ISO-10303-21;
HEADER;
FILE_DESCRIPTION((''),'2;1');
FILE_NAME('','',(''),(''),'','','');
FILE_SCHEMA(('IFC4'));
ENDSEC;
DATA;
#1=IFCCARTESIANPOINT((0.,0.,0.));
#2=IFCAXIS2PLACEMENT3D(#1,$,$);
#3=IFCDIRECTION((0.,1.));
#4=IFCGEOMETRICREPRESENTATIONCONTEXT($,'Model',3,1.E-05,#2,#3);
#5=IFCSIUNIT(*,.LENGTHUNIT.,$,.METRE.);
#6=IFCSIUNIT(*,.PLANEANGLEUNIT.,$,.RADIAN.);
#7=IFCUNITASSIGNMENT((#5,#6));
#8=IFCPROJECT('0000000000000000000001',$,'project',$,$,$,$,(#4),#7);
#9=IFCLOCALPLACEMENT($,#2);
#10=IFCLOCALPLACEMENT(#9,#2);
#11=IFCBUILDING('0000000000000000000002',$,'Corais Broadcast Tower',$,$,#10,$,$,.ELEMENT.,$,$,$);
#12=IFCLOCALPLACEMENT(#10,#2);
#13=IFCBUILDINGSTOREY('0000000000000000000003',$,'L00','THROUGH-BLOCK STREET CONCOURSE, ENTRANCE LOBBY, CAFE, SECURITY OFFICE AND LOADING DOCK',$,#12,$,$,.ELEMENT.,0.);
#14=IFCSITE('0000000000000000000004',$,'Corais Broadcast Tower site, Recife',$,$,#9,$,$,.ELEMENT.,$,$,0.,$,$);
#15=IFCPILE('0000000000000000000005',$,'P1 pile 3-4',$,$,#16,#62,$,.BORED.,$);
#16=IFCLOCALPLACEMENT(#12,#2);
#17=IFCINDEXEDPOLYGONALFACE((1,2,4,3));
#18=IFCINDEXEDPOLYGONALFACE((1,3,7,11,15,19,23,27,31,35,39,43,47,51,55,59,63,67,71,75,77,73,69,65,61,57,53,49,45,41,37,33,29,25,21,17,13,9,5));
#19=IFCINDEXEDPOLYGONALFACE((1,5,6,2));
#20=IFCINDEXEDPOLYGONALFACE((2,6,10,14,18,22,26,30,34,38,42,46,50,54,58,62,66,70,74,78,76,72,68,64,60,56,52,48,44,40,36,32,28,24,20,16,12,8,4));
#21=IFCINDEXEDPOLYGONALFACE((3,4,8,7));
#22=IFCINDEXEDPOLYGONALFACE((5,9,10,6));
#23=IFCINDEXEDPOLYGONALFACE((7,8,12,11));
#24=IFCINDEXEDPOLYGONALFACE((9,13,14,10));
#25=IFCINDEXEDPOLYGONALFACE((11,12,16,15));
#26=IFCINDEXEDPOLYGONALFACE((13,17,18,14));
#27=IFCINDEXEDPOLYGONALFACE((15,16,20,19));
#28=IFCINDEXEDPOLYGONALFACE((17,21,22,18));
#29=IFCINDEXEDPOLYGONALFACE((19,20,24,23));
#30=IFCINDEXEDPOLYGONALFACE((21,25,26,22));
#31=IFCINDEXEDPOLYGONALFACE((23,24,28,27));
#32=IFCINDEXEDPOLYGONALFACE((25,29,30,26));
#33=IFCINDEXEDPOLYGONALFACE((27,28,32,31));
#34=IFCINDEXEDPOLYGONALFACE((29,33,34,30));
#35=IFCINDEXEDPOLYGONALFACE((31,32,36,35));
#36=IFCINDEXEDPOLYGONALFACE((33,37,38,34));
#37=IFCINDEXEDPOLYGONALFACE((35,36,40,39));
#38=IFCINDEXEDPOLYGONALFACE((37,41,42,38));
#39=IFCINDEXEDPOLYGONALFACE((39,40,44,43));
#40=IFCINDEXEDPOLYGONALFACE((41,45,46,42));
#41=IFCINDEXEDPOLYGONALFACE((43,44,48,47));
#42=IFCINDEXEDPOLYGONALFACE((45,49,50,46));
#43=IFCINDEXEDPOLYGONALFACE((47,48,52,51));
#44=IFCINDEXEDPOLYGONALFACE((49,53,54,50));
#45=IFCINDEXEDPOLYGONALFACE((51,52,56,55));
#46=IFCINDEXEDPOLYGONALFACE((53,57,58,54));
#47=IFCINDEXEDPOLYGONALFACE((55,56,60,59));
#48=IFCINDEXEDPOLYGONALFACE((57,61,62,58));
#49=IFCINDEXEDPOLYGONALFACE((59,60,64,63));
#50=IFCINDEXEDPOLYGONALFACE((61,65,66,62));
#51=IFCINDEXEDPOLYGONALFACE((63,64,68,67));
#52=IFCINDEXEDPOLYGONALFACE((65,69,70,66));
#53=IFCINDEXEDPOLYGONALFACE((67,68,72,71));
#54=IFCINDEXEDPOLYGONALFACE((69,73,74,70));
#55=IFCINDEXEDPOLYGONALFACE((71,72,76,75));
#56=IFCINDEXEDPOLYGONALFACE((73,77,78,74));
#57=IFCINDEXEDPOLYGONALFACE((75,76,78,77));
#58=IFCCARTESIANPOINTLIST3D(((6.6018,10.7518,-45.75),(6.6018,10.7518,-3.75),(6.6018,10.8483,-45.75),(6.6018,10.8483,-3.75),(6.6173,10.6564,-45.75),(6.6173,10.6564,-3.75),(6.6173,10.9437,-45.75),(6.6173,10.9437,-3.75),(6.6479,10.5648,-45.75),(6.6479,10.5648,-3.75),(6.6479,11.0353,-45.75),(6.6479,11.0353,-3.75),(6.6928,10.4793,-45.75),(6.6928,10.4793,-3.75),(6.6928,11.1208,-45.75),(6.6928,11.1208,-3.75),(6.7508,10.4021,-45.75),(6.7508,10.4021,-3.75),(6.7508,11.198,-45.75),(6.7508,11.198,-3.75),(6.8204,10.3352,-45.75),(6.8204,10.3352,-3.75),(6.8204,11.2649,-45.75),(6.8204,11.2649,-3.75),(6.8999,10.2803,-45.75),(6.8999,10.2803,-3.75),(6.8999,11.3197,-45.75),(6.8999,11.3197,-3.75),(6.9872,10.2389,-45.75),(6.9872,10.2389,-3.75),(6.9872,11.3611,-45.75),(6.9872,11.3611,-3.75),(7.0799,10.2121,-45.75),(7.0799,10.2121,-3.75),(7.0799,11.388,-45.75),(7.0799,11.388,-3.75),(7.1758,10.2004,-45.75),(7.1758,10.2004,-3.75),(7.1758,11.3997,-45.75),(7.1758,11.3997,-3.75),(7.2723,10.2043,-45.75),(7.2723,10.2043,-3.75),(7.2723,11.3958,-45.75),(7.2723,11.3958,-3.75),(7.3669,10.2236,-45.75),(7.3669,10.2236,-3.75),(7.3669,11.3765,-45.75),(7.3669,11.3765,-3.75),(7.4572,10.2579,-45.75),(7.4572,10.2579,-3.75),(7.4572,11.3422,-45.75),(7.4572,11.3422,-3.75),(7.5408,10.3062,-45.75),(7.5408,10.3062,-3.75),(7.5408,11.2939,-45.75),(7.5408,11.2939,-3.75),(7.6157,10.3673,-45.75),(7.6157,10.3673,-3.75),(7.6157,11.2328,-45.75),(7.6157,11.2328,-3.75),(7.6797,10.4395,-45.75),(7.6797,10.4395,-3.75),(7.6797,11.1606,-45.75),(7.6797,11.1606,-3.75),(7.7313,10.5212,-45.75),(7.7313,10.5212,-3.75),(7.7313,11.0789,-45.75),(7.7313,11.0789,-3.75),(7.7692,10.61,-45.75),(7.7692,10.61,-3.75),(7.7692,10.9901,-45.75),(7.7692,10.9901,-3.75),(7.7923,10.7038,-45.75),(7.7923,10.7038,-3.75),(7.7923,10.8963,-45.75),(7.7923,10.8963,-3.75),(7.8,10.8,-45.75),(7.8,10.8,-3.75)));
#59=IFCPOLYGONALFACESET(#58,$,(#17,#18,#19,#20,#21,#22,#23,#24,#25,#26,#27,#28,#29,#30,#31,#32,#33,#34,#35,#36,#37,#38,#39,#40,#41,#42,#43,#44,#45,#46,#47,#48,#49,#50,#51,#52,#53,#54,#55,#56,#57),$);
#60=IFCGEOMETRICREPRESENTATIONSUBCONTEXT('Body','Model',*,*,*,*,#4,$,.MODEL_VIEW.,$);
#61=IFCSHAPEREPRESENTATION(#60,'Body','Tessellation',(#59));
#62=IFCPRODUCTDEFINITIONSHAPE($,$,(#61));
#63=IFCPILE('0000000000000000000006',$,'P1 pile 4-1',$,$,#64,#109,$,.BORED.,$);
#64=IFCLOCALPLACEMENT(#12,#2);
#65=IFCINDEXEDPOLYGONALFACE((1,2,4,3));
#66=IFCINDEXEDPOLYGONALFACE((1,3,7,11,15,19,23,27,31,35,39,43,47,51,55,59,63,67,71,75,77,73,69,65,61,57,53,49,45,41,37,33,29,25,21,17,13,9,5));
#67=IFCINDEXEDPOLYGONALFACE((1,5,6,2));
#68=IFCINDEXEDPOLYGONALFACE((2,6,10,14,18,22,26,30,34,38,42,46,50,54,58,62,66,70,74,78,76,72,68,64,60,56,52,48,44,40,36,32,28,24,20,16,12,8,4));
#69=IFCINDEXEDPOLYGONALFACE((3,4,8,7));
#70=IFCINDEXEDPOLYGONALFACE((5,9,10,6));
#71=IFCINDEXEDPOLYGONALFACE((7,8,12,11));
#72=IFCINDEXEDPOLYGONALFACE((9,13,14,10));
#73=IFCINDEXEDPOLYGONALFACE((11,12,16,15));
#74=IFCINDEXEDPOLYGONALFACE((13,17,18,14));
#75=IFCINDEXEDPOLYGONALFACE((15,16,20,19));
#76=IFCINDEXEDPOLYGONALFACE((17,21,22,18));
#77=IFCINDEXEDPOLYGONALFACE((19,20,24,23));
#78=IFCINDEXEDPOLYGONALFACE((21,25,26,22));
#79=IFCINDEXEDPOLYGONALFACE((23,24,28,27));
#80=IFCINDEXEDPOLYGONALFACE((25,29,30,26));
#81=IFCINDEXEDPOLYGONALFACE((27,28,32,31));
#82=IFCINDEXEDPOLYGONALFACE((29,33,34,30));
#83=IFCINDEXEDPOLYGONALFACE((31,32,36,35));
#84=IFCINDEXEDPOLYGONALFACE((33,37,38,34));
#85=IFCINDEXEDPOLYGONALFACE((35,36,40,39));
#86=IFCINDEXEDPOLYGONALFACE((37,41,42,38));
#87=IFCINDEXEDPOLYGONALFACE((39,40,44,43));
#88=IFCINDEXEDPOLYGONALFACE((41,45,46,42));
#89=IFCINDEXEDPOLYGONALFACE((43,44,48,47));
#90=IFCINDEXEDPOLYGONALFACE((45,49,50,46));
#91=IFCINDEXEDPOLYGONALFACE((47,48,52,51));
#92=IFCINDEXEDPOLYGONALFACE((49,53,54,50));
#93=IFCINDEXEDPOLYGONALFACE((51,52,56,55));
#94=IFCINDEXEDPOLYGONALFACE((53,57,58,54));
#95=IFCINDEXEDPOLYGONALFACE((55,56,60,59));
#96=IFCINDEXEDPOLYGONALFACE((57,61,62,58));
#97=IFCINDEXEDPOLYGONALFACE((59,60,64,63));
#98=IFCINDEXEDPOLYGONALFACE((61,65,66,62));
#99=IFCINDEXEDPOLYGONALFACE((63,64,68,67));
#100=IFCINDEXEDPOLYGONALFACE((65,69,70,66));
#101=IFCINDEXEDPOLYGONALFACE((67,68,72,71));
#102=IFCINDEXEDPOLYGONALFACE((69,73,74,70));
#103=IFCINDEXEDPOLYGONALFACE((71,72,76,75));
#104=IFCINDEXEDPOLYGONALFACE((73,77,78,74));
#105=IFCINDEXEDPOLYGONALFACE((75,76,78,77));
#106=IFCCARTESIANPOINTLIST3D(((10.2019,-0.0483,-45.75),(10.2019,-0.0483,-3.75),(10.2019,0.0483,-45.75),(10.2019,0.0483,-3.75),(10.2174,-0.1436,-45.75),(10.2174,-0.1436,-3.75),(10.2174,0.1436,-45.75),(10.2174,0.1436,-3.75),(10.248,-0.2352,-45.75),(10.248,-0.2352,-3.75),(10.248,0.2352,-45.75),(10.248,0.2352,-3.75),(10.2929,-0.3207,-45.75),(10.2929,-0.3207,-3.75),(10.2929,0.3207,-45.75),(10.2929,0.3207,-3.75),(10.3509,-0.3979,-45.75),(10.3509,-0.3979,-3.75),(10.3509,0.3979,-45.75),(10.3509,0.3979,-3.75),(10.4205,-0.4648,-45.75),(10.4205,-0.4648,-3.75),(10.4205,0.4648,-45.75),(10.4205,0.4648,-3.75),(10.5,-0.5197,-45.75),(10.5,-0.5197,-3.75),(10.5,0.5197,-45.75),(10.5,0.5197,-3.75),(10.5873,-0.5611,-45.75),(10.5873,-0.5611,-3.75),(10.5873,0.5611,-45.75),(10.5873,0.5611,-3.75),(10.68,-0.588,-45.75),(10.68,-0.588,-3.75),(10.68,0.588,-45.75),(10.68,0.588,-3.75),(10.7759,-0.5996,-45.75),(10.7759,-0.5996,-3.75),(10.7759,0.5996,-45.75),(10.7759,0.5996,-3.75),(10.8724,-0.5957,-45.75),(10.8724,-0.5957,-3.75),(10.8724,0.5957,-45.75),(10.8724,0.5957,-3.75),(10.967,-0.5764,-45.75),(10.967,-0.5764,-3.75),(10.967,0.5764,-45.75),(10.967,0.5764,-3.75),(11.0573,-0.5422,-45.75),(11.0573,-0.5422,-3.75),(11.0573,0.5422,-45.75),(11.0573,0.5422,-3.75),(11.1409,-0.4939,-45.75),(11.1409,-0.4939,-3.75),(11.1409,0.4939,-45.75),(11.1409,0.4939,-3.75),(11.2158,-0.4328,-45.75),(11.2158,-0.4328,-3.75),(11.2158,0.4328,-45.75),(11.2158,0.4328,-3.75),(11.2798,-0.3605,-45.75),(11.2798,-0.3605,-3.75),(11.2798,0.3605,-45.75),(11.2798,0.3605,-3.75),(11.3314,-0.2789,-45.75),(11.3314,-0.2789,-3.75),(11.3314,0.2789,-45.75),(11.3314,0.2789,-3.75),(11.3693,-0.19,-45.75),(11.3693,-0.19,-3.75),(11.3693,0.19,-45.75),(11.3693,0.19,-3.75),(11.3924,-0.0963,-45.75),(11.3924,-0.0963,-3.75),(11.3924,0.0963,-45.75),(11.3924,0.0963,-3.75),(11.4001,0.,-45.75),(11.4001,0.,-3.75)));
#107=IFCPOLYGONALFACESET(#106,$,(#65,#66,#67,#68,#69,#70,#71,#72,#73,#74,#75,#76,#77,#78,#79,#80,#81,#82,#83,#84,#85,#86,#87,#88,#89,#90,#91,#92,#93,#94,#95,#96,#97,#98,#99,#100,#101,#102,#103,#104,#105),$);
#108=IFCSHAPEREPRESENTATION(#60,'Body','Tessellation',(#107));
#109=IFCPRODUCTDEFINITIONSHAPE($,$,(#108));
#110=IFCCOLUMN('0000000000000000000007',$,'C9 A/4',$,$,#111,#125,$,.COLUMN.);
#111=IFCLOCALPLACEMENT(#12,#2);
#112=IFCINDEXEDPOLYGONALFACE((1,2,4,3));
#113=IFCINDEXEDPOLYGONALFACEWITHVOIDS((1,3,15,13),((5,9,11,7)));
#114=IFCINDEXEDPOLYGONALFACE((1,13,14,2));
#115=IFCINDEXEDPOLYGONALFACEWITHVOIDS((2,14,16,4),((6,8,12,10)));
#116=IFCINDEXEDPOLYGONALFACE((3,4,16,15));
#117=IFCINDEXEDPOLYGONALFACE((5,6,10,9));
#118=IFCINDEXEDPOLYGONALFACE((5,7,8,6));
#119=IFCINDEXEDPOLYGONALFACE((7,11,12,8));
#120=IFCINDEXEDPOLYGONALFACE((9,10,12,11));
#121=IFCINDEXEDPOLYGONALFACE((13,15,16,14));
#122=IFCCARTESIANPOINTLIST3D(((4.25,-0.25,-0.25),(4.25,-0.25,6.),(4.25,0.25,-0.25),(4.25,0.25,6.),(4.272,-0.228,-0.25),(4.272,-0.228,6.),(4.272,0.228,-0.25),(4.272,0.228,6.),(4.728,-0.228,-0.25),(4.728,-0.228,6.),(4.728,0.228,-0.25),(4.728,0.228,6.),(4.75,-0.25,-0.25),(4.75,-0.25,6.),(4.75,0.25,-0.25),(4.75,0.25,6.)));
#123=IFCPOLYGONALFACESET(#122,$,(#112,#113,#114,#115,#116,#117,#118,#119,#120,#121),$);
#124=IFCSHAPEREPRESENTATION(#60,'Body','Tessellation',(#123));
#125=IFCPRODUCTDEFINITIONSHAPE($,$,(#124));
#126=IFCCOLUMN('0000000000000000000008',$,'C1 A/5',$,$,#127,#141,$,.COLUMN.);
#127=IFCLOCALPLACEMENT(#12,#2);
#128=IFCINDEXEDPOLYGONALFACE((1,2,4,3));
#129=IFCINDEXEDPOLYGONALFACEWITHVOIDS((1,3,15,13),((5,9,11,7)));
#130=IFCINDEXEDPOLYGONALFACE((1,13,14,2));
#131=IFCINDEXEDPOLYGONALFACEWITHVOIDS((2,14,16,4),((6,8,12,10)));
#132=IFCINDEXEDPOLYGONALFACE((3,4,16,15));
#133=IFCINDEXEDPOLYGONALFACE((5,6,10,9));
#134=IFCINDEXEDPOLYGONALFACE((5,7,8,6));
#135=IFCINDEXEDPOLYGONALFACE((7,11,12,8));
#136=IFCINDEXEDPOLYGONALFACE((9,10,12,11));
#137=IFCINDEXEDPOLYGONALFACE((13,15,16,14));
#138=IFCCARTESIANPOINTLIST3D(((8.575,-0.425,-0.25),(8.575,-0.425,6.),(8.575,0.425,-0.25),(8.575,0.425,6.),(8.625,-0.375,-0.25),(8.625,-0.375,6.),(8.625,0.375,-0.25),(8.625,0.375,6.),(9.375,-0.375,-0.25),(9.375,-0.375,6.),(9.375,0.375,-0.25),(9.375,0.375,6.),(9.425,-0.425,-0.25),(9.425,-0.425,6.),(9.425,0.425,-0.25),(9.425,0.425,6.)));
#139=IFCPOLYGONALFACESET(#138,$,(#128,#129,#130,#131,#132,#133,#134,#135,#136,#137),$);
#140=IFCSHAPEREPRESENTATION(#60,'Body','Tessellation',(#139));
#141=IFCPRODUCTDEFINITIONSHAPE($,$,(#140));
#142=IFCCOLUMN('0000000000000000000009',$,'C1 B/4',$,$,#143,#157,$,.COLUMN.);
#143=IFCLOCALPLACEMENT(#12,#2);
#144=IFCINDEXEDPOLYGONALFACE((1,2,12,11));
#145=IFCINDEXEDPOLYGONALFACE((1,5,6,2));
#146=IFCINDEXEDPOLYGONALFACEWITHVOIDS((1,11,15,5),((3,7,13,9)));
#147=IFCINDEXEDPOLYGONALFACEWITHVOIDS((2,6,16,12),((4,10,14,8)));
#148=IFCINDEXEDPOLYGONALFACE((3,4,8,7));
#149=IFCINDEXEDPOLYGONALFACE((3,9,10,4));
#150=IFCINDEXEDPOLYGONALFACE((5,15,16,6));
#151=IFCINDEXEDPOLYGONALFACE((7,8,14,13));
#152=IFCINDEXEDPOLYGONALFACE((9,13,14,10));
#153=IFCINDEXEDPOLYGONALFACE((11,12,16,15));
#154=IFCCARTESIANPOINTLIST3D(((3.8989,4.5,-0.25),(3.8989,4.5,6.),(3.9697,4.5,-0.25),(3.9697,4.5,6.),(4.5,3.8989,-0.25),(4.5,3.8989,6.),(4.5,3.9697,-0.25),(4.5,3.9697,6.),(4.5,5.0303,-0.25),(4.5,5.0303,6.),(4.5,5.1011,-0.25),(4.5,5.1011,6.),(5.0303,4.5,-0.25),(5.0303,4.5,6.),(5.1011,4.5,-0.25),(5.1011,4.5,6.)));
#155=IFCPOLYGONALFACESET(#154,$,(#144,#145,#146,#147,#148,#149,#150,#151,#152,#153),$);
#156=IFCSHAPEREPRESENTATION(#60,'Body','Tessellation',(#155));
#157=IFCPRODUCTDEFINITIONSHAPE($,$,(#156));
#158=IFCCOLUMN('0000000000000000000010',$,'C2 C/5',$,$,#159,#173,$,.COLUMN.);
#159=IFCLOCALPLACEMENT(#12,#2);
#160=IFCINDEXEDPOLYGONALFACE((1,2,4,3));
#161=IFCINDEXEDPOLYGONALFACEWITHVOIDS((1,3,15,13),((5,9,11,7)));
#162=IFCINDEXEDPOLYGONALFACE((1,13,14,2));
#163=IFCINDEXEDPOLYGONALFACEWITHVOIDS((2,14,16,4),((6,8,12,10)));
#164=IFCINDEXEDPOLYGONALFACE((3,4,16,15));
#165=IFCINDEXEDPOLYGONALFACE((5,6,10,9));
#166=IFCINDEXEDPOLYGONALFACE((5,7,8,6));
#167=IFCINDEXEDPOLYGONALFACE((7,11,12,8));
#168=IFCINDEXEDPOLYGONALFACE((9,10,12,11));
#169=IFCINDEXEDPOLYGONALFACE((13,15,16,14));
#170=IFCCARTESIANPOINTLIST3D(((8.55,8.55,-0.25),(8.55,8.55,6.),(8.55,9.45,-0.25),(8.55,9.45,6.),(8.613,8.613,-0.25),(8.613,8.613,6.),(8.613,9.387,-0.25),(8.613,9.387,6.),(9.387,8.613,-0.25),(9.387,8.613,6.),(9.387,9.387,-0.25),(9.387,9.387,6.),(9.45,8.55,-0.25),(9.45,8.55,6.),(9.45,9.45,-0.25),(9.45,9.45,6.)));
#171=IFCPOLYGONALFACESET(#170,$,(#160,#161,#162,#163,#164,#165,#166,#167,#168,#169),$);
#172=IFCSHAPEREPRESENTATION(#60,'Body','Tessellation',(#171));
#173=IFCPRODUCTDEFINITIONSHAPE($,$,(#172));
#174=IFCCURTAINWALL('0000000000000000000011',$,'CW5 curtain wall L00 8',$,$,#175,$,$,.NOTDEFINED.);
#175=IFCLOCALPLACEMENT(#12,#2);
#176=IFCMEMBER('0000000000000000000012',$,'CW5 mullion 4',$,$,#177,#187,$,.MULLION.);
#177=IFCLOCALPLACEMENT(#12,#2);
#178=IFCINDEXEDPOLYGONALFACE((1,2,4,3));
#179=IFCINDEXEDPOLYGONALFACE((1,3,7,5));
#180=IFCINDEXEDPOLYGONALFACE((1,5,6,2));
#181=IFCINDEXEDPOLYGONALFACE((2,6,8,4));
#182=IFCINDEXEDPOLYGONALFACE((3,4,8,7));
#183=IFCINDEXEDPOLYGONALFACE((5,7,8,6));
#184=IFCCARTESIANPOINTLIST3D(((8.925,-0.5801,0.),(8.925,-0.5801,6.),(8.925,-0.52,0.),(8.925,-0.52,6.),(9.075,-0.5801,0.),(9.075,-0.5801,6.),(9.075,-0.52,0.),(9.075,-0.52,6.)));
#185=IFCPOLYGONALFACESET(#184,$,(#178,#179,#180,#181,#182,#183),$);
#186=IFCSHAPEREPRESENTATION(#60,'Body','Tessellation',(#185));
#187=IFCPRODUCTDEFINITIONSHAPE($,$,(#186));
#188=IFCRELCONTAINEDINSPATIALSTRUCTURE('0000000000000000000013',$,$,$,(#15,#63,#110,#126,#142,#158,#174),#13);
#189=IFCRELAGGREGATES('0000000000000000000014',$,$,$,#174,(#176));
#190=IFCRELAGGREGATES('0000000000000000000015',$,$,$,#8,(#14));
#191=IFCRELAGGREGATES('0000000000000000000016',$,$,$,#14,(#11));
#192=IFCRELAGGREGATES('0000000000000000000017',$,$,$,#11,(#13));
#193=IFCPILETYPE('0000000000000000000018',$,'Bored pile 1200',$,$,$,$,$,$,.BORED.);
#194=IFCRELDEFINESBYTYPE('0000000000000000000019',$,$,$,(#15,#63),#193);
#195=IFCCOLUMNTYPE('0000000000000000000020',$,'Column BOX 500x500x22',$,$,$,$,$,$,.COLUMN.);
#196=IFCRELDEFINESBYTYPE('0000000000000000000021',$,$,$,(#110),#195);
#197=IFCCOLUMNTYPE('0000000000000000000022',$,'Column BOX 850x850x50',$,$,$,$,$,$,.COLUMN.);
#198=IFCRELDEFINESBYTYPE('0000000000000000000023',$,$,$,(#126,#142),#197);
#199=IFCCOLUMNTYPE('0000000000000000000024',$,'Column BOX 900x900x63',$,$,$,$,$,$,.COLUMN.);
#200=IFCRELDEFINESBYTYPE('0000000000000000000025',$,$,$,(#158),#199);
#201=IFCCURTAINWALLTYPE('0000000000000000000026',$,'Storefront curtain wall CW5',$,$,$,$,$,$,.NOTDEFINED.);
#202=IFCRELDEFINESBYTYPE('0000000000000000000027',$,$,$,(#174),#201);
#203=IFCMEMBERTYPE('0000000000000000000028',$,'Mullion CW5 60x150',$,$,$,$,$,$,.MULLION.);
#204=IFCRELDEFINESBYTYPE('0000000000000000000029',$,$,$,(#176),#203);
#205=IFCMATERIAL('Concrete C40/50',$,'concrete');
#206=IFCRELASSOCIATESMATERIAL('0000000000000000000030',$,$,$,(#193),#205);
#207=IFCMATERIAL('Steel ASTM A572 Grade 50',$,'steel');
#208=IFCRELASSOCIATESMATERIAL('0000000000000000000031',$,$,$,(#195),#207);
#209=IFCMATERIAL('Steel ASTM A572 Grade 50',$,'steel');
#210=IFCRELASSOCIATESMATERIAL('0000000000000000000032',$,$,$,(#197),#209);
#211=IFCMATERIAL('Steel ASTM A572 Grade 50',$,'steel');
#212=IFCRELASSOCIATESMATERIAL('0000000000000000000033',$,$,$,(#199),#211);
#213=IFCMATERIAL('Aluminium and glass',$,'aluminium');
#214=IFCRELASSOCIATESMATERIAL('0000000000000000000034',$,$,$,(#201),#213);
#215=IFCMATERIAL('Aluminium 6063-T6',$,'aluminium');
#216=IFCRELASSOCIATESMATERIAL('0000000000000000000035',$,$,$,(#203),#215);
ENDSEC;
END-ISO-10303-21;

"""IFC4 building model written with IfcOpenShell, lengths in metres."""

from ifc_helpers import new_model, si_unit, direction, frame, origin, origin_2d, place, context, subcontext, project, spatial, rectangle, hollow_rectangle, circle, extrude, material, material_profile, profile_set, type_object, element, aggregate, save


model = new_model("IFC4")

# Units and contexts
model_context = context("Model", 3, precision=1e-05, world=origin(), true_north=direction((0.0, 1.0)))
body_context = subcontext(model_context, "Body", "Model", "MODEL_VIEW")
ifc_project = project(units=[si_unit("LENGTHUNIT", "METRE"), si_unit("PLANEANGLEUNIT", "RADIAN")], contexts=[model_context])

# Site, building, storey
site_placement = place(None, origin())
site = spatial("IfcSite", under=ifc_project, at=site_placement, Name="Corais Broadcast Tower site, Recife", CompositionType="ELEMENT", RefElevation=0.0)
building_placement = place(site_placement, origin())
building = spatial("IfcBuilding", under=site, at=building_placement, Name="Corais Broadcast Tower", CompositionType="ELEMENT")
storey_placement = place(building_placement, origin())
storey = spatial("IfcBuildingStorey", under=building, at=storey_placement, Name="L00", Description="THROUGH-BLOCK STREET CONCOURSE, ENTRANCE LOBBY, CAFE, SECURITY OFFICE AND LOADING DOCK", CompositionType="ELEMENT", Elevation=0.0)

# Piles
ifc_material_1 = material(Name="Concrete C40/50", Category="concrete")
pile_type = type_object("IfcPileType", Name="Bored pile 1200", PredefinedType="BORED", material=ifc_material_1)
for number, where, z_axis, x_axis, name in (
    (1, (7.2, 10.8, -3.75), (0.0, 0.0, -1.0), (1.0, 0.0, 0.0), "P1 pile 3-4"),
    (2, (10.8, 0.0, -3.75), (0.0, 0.0, -1.0), (1.0, 0.0, 0.0), "P1 pile 4-1"),
):
    element("IfcPile", number, at=place(storey_placement, frame(where, z_axis=z_axis, x_axis=x_axis)), inside=storey, type_object=pile_type, Name=name, PredefinedType="BORED", context=body_context, shape_type="SweptSolid", body=[
        extrude(circle(Radius=0.6001, at=origin_2d()), origin(), (0.0, 0.0, 1.0), 42.0),
    ])

# Columns
ifc_material_2 = material(Name="Steel ASTM A572 Grade 50", Category="steel")
ifc_material_profile_1 = material_profile(ifc_material_2, hollow_rectangle(XDim=0.5, YDim=0.5, WallThickness=0.022, at=origin_2d()), Name="BOX 500x500x22")
ifc_profile_set_1 = profile_set([ifc_material_profile_1], Name="Steel ASTM A572 Grade 50")
column_type_1 = type_object("IfcColumnType", Name="Column BOX 500x500x22", PredefinedType="COLUMN", material=ifc_profile_set_1)
column_1_placement = place(storey_placement, frame((4.5, 0.0, -0.25), z_axis=(0.0, 0.0, 1.0), x_axis=(1.0, 0.0, 0.0)))
element("IfcColumn", 3, at=column_1_placement, inside=storey, type_object=column_type_1, Name="C9 A/4", PredefinedType="COLUMN", context=body_context, shape_type="SweptSolid", body=[
    extrude(hollow_rectangle(XDim=0.5, YDim=0.5, WallThickness=0.022, at=origin_2d()), origin(), (0.0, 0.0, 1.0), 6.25),
])
ifc_material_3 = material(Name="Steel ASTM A572 Grade 50", Category="steel")
ifc_material_profile_2 = material_profile(ifc_material_3, hollow_rectangle(XDim=0.8501, YDim=0.8501, WallThickness=0.05, at=origin_2d()), Name="BOX 850x850x50")
ifc_profile_set_2 = profile_set([ifc_material_profile_2], Name="Steel ASTM A572 Grade 50")
column_type_2 = type_object("IfcColumnType", Name="Column BOX 850x850x50", PredefinedType="COLUMN", material=ifc_profile_set_2)
for number, where, z_axis, x_axis, name in (
    (4, (9.0, 0.0, -0.25), (0.0, 0.0, 1.0), (1.0, 0.0, 0.0), "C1 A/5"),
    (5, (4.5, 4.5, -0.25), (0.0, 0.0, 1.0), (0.707107, 0.707107, 0.0), "C1 B/4"),
):
    element("IfcColumn", number, at=place(storey_placement, frame(where, z_axis=z_axis, x_axis=x_axis)), inside=storey, type_object=column_type_2, Name=name, PredefinedType="COLUMN", context=body_context, shape_type="SweptSolid", body=[
        extrude(hollow_rectangle(XDim=0.8501, YDim=0.8501, WallThickness=0.05, at=origin_2d()), origin(), (0.0, 0.0, 1.0), 6.25),
    ])
ifc_material_4 = material(Name="Steel ASTM A572 Grade 50", Category="steel")
ifc_material_profile_3 = material_profile(ifc_material_4, hollow_rectangle(XDim=0.8999, YDim=0.8999, WallThickness=0.063, at=origin_2d()), Name="BOX 900x900x63")
ifc_profile_set_3 = profile_set([ifc_material_profile_3], Name="Steel ASTM A572 Grade 50")
column_type_3 = type_object("IfcColumnType", Name="Column BOX 900x900x63", PredefinedType="COLUMN", material=ifc_profile_set_3)
column_2_placement = place(storey_placement, frame((9.0, 9.0, -0.25), z_axis=(0.0, 0.0, 1.0), x_axis=(1.0, 0.0, 0.0)))
element("IfcColumn", 6, at=column_2_placement, inside=storey, type_object=column_type_3, Name="C2 C/5", PredefinedType="COLUMN", context=body_context, shape_type="SweptSolid", body=[
    extrude(hollow_rectangle(XDim=0.8999, YDim=0.8999, WallThickness=0.063, at=origin_2d()), origin(), (0.0, 0.0, 1.0), 6.25),
])

# Curtain wall, member
ifc_material_5 = material(Name="Aluminium and glass", Category="aluminium")
curtain_wall_type = type_object("IfcCurtainWallType", Name="Storefront curtain wall CW5", PredefinedType="NOTDEFINED", material=ifc_material_5)
curtain_wall_placement = place(storey_placement, origin())
curtain_wall = element("IfcCurtainWall", 7, at=curtain_wall_placement, inside=storey, type_object=curtain_wall_type, Name="CW5 curtain wall L00 8", PredefinedType="NOTDEFINED")
ifc_material_6 = material(Name="Aluminium 6063-T6", Category="aluminium")
ifc_material_profile_4 = material_profile(ifc_material_6, rectangle(XDim=0.0601, YDim=0.1499, at=origin_2d()), Name="Mullion CW5 60x150")
ifc_profile_set_4 = profile_set([ifc_material_profile_4], Name="Aluminium 6063-T6")
member_type_1 = type_object("IfcMemberType", Name="Mullion CW5 60x150", PredefinedType="MULLION", material=ifc_profile_set_4)
member_1_placement = place(storey_placement, frame((9.0, -0.55, 0.0), z_axis=(0.0, 0.0, 1.0), x_axis=(0.0, -1.0, 0.0)))
member_1 = element("IfcMember", 8, at=member_1_placement, type_object=member_type_1, Name="CW5 mullion 4", PredefinedType="MULLION", context=body_context, shape_type="SweptSolid", body=[
    extrude(rectangle(XDim=0.0601, YDim=0.1499, at=origin_2d()), origin(), (0.0, 0.0, 1.0), 6.0),
])
aggregate(curtain_wall, [member_1])

save(model, "model.ifc")
